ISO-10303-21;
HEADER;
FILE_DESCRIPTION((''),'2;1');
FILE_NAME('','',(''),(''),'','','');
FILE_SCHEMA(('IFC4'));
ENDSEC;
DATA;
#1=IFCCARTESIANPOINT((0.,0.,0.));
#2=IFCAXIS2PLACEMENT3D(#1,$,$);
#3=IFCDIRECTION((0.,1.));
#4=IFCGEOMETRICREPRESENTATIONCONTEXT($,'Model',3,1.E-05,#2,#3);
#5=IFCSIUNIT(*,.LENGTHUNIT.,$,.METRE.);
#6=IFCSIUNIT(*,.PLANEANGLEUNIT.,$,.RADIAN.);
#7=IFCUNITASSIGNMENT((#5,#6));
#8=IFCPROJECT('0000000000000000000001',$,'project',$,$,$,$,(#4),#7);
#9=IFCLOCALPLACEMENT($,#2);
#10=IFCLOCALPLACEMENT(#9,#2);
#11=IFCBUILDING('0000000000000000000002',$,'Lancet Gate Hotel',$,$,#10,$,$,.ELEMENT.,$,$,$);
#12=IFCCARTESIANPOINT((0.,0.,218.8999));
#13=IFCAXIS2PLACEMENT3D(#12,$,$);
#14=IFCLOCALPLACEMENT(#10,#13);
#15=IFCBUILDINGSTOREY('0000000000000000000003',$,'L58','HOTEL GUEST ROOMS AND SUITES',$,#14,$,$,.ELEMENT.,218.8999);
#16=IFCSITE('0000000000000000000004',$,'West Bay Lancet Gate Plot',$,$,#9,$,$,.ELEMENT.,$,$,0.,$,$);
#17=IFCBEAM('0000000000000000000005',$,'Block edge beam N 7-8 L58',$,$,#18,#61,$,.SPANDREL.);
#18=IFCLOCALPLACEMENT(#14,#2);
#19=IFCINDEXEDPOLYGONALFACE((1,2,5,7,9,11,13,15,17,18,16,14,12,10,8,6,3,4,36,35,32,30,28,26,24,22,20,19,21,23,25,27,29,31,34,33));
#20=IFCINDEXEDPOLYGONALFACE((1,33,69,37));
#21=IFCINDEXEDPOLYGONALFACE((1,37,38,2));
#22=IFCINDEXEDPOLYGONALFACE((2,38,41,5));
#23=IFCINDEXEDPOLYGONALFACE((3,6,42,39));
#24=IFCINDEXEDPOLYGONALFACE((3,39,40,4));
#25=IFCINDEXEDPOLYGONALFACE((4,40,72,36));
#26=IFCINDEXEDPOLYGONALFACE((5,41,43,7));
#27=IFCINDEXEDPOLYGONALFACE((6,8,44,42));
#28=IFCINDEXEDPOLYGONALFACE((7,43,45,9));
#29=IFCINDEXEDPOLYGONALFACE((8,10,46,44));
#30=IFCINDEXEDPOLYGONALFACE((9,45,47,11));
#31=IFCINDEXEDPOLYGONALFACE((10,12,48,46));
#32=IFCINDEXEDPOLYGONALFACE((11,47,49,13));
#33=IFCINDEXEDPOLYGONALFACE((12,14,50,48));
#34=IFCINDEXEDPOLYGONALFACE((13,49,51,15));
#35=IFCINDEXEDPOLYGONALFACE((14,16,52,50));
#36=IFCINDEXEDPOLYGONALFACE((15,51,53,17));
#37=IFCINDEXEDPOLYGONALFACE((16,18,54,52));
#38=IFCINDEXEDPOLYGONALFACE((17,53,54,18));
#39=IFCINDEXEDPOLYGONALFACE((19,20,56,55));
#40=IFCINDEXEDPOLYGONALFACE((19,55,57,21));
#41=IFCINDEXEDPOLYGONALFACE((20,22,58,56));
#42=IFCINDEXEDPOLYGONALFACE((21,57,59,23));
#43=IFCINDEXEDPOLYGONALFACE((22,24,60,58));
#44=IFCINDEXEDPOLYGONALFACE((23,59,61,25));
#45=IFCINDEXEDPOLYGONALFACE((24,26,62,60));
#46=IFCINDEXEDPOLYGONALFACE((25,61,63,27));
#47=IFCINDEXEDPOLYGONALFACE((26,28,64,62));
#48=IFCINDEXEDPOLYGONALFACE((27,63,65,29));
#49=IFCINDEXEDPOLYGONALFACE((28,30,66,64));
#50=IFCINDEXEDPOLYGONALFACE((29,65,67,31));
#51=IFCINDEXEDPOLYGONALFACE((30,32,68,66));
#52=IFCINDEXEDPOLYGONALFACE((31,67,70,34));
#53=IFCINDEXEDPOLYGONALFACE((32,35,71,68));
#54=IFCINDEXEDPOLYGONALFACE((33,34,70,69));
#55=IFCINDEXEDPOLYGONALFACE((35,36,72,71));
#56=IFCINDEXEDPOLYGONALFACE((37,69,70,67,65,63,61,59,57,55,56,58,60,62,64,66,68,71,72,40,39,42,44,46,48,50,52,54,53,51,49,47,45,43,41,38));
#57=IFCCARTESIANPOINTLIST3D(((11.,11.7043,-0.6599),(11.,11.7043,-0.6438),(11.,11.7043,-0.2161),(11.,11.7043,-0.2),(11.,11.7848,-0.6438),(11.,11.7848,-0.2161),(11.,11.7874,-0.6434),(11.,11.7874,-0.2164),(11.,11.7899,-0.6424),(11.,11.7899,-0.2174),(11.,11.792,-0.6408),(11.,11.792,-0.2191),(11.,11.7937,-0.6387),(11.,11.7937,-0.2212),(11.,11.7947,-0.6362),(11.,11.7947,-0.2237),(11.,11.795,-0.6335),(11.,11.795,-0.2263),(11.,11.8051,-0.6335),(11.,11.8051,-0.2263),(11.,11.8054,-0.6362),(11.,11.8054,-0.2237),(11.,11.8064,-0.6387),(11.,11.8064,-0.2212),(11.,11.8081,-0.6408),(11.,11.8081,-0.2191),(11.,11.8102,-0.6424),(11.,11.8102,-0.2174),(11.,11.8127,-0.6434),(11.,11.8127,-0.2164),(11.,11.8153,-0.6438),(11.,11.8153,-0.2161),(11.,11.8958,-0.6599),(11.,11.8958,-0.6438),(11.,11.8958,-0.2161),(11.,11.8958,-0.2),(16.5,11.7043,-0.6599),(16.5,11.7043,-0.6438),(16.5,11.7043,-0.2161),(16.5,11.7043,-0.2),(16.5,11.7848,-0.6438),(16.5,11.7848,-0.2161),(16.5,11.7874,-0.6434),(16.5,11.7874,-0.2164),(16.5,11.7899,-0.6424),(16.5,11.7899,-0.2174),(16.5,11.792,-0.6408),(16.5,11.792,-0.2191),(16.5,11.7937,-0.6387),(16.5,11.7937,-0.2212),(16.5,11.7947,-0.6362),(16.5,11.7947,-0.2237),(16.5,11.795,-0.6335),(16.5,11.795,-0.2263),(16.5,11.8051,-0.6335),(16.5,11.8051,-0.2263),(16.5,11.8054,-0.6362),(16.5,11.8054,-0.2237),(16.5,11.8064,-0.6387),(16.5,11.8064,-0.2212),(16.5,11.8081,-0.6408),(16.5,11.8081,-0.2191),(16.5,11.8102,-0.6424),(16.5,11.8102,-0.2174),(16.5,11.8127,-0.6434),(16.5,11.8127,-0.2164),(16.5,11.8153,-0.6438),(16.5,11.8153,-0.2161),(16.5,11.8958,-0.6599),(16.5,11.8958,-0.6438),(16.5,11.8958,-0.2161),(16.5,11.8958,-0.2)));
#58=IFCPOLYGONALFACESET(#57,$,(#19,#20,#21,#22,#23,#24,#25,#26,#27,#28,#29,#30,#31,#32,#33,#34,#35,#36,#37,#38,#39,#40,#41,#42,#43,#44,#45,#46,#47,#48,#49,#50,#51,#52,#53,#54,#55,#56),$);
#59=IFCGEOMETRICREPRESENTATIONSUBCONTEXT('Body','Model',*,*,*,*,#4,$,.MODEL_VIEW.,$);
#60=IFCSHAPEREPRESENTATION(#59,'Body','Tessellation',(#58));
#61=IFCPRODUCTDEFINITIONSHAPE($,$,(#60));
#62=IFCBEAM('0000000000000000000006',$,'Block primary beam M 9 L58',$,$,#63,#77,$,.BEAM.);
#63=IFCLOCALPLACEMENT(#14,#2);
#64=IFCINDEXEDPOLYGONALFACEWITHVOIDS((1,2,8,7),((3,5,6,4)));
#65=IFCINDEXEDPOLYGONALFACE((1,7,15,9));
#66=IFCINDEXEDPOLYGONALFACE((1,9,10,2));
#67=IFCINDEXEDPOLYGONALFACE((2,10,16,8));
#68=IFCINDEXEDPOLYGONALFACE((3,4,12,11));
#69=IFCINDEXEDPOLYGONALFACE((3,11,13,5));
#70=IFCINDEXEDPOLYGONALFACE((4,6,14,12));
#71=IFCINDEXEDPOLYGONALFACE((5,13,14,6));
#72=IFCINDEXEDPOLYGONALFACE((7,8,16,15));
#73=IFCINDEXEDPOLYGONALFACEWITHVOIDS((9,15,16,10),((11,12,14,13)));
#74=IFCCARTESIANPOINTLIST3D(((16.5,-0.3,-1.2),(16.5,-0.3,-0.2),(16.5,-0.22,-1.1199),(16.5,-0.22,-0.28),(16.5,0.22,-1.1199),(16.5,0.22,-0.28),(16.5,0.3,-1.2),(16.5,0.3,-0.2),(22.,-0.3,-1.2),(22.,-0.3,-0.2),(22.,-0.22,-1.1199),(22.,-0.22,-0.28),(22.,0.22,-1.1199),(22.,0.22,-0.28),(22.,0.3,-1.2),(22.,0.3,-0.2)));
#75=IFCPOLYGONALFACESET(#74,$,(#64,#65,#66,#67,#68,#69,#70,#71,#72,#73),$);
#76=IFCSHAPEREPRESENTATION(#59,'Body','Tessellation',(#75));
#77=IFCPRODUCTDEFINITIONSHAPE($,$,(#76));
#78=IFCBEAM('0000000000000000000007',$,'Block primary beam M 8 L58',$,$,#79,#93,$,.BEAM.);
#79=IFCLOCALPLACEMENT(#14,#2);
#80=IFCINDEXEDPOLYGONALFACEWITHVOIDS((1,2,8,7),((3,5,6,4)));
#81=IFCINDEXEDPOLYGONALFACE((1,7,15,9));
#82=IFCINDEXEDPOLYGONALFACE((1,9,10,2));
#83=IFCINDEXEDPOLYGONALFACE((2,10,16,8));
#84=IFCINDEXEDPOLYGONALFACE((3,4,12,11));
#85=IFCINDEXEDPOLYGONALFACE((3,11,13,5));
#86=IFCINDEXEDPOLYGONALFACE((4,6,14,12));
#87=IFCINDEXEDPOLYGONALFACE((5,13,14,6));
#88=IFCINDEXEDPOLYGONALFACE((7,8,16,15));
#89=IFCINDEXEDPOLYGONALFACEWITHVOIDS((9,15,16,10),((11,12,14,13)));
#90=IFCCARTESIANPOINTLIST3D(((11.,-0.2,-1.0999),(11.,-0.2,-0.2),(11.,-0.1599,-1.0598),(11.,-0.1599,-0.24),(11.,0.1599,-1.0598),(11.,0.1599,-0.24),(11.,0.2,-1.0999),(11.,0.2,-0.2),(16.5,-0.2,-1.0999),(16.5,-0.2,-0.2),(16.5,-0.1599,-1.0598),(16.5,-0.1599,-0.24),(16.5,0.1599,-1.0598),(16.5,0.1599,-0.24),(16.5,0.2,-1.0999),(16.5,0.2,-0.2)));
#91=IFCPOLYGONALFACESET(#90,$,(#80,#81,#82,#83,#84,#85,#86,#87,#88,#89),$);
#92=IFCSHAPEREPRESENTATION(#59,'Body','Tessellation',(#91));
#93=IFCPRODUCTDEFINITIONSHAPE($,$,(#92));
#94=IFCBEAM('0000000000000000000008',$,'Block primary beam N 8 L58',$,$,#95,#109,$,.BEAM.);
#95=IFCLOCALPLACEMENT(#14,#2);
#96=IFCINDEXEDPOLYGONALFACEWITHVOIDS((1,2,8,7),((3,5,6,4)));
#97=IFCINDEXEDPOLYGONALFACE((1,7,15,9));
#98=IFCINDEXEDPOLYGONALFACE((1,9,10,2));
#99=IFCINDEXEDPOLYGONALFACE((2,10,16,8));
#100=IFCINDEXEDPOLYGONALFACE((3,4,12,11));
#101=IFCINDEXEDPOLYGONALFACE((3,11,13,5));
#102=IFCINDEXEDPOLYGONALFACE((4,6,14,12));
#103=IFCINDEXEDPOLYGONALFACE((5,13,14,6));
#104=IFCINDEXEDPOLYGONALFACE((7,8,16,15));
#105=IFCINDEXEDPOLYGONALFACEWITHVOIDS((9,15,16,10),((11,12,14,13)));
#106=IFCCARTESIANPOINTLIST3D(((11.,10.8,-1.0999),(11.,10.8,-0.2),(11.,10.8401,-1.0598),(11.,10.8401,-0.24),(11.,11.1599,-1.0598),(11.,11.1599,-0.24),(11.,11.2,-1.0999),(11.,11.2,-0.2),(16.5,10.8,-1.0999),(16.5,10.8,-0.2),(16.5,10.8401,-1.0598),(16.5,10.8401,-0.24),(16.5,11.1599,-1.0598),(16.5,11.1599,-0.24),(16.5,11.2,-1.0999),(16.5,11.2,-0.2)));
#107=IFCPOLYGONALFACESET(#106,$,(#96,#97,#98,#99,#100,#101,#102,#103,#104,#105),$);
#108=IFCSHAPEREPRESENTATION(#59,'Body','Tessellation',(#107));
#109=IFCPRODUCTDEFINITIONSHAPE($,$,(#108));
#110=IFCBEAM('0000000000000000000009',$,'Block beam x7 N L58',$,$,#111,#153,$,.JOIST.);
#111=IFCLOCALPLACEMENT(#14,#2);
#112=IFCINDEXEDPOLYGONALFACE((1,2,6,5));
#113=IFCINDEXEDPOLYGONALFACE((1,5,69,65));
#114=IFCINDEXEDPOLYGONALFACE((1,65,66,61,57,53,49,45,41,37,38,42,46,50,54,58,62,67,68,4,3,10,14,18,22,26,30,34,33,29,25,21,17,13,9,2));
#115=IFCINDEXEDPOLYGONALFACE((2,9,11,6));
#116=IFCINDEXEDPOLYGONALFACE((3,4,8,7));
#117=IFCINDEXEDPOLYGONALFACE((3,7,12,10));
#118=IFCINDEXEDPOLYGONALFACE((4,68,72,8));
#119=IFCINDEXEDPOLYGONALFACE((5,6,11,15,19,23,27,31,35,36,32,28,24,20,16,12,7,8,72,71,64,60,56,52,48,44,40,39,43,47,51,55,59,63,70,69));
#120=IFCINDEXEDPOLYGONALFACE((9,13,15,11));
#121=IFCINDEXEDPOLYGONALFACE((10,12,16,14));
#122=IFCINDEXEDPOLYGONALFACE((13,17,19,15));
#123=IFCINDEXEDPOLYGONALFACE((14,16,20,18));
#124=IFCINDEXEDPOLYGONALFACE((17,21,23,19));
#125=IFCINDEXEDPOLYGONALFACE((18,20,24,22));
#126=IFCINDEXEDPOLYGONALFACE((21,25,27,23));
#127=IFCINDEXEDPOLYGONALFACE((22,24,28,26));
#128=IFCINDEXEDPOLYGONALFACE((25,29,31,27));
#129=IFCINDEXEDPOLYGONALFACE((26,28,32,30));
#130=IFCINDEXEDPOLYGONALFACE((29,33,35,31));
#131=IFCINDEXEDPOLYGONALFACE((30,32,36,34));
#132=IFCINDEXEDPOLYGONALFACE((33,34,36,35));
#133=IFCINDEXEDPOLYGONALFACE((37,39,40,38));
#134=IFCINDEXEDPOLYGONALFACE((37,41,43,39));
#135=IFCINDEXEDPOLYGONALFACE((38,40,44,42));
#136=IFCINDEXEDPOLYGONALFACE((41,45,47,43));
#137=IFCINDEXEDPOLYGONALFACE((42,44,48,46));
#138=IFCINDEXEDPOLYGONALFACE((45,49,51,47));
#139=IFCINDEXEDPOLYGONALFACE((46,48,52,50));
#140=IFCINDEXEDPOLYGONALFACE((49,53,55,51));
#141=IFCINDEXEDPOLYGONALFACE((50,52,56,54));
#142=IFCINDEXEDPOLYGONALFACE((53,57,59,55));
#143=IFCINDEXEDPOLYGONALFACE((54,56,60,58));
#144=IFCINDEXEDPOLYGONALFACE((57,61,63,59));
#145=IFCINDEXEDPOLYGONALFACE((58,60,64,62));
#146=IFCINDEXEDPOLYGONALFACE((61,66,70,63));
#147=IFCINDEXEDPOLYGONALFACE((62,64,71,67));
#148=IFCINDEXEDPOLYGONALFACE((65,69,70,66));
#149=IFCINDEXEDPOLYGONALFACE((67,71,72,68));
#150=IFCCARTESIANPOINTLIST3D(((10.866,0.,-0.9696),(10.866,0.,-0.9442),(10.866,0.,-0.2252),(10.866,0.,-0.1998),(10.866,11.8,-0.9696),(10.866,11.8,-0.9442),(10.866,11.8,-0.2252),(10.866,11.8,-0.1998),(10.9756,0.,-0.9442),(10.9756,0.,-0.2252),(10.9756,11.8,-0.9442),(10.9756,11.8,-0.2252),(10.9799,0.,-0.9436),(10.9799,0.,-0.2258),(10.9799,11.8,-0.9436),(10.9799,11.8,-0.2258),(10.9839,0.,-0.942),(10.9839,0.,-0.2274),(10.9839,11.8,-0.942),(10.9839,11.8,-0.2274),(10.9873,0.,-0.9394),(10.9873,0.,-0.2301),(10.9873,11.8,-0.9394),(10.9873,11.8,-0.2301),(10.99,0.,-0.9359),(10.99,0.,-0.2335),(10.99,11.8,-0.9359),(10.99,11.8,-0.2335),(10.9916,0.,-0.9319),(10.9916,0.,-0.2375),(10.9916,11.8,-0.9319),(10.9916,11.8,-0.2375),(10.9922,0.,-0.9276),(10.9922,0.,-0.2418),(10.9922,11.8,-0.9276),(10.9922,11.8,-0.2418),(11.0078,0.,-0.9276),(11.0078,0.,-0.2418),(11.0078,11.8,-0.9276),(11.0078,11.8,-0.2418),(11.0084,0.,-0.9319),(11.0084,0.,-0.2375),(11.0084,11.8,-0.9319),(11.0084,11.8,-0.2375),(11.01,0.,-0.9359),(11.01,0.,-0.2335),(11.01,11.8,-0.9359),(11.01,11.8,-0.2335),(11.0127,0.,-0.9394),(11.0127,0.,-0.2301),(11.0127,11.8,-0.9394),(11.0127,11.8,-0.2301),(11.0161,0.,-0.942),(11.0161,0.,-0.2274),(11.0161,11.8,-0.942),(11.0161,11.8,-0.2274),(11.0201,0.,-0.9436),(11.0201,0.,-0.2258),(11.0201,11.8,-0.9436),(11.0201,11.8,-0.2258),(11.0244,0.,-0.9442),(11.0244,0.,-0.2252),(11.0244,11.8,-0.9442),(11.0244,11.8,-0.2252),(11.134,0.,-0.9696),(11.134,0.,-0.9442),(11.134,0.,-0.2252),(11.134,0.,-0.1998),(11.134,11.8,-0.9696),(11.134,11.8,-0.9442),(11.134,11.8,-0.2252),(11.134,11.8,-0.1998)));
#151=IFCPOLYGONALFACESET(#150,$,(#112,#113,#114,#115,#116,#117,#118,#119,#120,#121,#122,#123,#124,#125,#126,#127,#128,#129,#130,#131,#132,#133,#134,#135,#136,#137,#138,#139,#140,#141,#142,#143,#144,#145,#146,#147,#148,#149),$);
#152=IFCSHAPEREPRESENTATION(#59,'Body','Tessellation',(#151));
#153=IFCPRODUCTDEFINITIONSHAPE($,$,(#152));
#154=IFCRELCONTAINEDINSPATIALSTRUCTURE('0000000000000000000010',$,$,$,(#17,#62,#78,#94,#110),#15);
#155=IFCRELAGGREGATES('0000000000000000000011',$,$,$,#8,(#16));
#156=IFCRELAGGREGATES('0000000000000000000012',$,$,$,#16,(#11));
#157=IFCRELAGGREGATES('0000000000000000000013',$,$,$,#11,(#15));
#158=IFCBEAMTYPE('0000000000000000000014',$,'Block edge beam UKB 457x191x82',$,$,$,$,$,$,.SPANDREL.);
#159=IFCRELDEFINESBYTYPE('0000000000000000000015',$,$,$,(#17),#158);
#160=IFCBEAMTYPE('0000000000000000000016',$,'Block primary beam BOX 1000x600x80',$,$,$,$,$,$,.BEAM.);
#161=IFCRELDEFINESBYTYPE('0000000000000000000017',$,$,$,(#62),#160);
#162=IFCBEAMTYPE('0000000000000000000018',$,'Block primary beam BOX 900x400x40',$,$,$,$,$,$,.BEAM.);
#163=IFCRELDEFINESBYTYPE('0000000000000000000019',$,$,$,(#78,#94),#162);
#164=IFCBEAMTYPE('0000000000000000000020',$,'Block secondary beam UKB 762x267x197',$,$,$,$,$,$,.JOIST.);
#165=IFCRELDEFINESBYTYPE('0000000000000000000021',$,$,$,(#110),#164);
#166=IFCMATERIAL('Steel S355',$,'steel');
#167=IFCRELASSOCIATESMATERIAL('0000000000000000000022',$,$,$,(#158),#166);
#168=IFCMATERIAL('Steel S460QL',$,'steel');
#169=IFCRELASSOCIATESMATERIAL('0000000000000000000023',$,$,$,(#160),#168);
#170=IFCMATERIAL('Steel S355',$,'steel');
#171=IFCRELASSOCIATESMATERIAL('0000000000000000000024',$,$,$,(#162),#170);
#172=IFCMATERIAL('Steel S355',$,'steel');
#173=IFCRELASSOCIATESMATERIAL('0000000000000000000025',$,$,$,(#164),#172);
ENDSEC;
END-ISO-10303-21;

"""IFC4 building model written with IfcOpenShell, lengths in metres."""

from ifc_helpers import new_model, si_unit, direction, frame, origin, origin_2d, place, context, subcontext, project, spatial, hollow_rectangle, i_section, extrude, material, material_profile, profile_set, type_object, element, save


model = new_model("IFC4")

# Units and contexts
model_context = context("Model", 3, precision=1e-05, world=origin(), true_north=direction((0.0, 1.0)))
body_context = subcontext(model_context, "Body", "Model", "MODEL_VIEW")
ifc_project = project(units=[si_unit("LENGTHUNIT", "METRE"), si_unit("PLANEANGLEUNIT", "RADIAN")], contexts=[model_context])

# Site, building, storey
site_placement = place(None, origin())
site = spatial("IfcSite", under=ifc_project, at=site_placement, Name="West Bay Lancet Gate Plot", CompositionType="ELEMENT", RefElevation=0.0)
building_placement = place(site_placement, origin())
building = spatial("IfcBuilding", under=site, at=building_placement, Name="Lancet Gate Hotel", CompositionType="ELEMENT")
storey_placement = place(building_placement, frame((0.0, 0.0, 218.8999)))
storey = spatial("IfcBuildingStorey", under=building, at=storey_placement, Name="L58", Description="HOTEL GUEST ROOMS AND SUITES", CompositionType="ELEMENT", Elevation=218.8999)

# Beams
ifc_material_1 = material(Name="Steel S355", Category="steel")
ifc_material_profile_1 = material_profile(ifc_material_1, i_section(OverallWidth=0.1914, OverallDepth=0.46, WebThickness=0.01, FlangeThickness=0.0161, FilletRadius=0.0103, at=origin_2d()), Name="UKB 457x191x82")
ifc_profile_set_1 = profile_set([ifc_material_profile_1], Name="Steel S355")
beam_type_1 = type_object("IfcBeamType", Name="Block edge beam UKB 457x191x82", PredefinedType="SPANDREL", material=ifc_profile_set_1)
beam_1_placement = place(storey_placement, frame((11.0, 11.8, -0.4299), z_axis=(1.0, 0.0, 0.0), x_axis=(0.0, 1.0, 0.0)))
element("IfcBeam", 1, at=beam_1_placement, inside=storey, type_object=beam_type_1, Name="Block edge beam N 7-8 L58", PredefinedType="SPANDREL", context=body_context, shape_type="SweptSolid", body=[
    extrude(i_section(OverallWidth=0.1914, OverallDepth=0.46, WebThickness=0.01, FlangeThickness=0.0161, FilletRadius=0.0103, at=origin_2d()), origin(), (0.0, 0.0, 1.0), 5.5),
])
ifc_material_2 = material(Name="Steel S460QL", Category="steel")
ifc_material_profile_2 = material_profile(ifc_material_2, hollow_rectangle(XDim=0.6001, YDim=1.0, WallThickness=0.0801, at=origin_2d()), Name="BOX 1000x600x80")
ifc_profile_set_2 = profile_set([ifc_material_profile_2], Name="Steel S460QL")
beam_type_2 = type_object("IfcBeamType", Name="Block primary beam BOX 1000x600x80", PredefinedType="BEAM", material=ifc_profile_set_2)
beam_2_placement = place(storey_placement, frame((16.5, 0.0, -0.7), z_axis=(1.0, 0.0, 0.0), x_axis=(0.0, 1.0, 0.0)))
element("IfcBeam", 2, at=beam_2_placement, inside=storey, type_object=beam_type_2, Name="Block primary beam M 9 L58", PredefinedType="BEAM", context=body_context, shape_type="SweptSolid", body=[
    extrude(hollow_rectangle(XDim=0.6001, YDim=1.0, WallThickness=0.0801, at=origin_2d()), origin(), (0.0, 0.0, 1.0), 5.5),
])
ifc_material_3 = material(Name="Steel S355", Category="steel")
ifc_material_profile_3 = material_profile(ifc_material_3, hollow_rectangle(XDim=0.3999, YDim=0.8999, WallThickness=0.04, at=origin_2d()), Name="BOX 900x400x40")
ifc_profile_set_3 = profile_set([ifc_material_profile_3], Name="Steel S355")
beam_type_3 = type_object("IfcBeamType", Name="Block primary beam BOX 900x400x40", PredefinedType="BEAM", material=ifc_profile_set_3)
for number, where, z_axis, x_axis, name in (
    (3, (11.0, 0.0, -0.6499), (1.0, 0.0, 0.0), (0.0, 1.0, 0.0), "Block primary beam M 8 L58"),
    (4, (11.0, 11.0, -0.6499), (1.0, 0.0, 0.0), (0.0, 1.0, 0.0), "Block primary beam N 8 L58"),
):
    element("IfcBeam", number, at=place(storey_placement, frame(where, z_axis=z_axis, x_axis=x_axis)), inside=storey, type_object=beam_type_3, Name=name, PredefinedType="BEAM", context=body_context, shape_type="SweptSolid", body=[
        extrude(hollow_rectangle(XDim=0.3999, YDim=0.8999, WallThickness=0.04, at=origin_2d()), origin(), (0.0, 0.0, 1.0), 5.5),
    ])
ifc_material_4 = material(Name="Steel S355", Category="steel")
ifc_material_profile_4 = material_profile(ifc_material_4, i_section(OverallWidth=0.2681, OverallDepth=0.7698, WebThickness=0.0156, FlangeThickness=0.0254, FilletRadius=0.0166, at=origin_2d()), Name="UKB 762x267x197")
ifc_profile_set_4 = profile_set([ifc_material_profile_4], Name="Steel S355")
beam_type_4 = type_object("IfcBeamType", Name="Block secondary beam UKB 762x267x197", PredefinedType="JOIST", material=ifc_profile_set_4)
for number, where, z_axis, x_axis, name in (
    (5, (11.0, 0.0, -0.5847), (0.0, 1.0, 0.0), (-1.0, 0.0, 0.0), "Block beam x7 N L58"),
):
    element("IfcBeam", number, at=place(storey_placement, frame(where, z_axis=z_axis, x_axis=x_axis)), inside=storey, type_object=beam_type_4, Name=name, PredefinedType="JOIST", context=body_context, shape_type="SweptSolid", body=[
        extrude(i_section(OverallWidth=0.2681, OverallDepth=0.7698, WebThickness=0.0156, FlangeThickness=0.0254, FilletRadius=0.0166, at=origin_2d()), origin(), (0.0, 0.0, 1.0), 11.8),
    ])

save(model, "model.ifc")
